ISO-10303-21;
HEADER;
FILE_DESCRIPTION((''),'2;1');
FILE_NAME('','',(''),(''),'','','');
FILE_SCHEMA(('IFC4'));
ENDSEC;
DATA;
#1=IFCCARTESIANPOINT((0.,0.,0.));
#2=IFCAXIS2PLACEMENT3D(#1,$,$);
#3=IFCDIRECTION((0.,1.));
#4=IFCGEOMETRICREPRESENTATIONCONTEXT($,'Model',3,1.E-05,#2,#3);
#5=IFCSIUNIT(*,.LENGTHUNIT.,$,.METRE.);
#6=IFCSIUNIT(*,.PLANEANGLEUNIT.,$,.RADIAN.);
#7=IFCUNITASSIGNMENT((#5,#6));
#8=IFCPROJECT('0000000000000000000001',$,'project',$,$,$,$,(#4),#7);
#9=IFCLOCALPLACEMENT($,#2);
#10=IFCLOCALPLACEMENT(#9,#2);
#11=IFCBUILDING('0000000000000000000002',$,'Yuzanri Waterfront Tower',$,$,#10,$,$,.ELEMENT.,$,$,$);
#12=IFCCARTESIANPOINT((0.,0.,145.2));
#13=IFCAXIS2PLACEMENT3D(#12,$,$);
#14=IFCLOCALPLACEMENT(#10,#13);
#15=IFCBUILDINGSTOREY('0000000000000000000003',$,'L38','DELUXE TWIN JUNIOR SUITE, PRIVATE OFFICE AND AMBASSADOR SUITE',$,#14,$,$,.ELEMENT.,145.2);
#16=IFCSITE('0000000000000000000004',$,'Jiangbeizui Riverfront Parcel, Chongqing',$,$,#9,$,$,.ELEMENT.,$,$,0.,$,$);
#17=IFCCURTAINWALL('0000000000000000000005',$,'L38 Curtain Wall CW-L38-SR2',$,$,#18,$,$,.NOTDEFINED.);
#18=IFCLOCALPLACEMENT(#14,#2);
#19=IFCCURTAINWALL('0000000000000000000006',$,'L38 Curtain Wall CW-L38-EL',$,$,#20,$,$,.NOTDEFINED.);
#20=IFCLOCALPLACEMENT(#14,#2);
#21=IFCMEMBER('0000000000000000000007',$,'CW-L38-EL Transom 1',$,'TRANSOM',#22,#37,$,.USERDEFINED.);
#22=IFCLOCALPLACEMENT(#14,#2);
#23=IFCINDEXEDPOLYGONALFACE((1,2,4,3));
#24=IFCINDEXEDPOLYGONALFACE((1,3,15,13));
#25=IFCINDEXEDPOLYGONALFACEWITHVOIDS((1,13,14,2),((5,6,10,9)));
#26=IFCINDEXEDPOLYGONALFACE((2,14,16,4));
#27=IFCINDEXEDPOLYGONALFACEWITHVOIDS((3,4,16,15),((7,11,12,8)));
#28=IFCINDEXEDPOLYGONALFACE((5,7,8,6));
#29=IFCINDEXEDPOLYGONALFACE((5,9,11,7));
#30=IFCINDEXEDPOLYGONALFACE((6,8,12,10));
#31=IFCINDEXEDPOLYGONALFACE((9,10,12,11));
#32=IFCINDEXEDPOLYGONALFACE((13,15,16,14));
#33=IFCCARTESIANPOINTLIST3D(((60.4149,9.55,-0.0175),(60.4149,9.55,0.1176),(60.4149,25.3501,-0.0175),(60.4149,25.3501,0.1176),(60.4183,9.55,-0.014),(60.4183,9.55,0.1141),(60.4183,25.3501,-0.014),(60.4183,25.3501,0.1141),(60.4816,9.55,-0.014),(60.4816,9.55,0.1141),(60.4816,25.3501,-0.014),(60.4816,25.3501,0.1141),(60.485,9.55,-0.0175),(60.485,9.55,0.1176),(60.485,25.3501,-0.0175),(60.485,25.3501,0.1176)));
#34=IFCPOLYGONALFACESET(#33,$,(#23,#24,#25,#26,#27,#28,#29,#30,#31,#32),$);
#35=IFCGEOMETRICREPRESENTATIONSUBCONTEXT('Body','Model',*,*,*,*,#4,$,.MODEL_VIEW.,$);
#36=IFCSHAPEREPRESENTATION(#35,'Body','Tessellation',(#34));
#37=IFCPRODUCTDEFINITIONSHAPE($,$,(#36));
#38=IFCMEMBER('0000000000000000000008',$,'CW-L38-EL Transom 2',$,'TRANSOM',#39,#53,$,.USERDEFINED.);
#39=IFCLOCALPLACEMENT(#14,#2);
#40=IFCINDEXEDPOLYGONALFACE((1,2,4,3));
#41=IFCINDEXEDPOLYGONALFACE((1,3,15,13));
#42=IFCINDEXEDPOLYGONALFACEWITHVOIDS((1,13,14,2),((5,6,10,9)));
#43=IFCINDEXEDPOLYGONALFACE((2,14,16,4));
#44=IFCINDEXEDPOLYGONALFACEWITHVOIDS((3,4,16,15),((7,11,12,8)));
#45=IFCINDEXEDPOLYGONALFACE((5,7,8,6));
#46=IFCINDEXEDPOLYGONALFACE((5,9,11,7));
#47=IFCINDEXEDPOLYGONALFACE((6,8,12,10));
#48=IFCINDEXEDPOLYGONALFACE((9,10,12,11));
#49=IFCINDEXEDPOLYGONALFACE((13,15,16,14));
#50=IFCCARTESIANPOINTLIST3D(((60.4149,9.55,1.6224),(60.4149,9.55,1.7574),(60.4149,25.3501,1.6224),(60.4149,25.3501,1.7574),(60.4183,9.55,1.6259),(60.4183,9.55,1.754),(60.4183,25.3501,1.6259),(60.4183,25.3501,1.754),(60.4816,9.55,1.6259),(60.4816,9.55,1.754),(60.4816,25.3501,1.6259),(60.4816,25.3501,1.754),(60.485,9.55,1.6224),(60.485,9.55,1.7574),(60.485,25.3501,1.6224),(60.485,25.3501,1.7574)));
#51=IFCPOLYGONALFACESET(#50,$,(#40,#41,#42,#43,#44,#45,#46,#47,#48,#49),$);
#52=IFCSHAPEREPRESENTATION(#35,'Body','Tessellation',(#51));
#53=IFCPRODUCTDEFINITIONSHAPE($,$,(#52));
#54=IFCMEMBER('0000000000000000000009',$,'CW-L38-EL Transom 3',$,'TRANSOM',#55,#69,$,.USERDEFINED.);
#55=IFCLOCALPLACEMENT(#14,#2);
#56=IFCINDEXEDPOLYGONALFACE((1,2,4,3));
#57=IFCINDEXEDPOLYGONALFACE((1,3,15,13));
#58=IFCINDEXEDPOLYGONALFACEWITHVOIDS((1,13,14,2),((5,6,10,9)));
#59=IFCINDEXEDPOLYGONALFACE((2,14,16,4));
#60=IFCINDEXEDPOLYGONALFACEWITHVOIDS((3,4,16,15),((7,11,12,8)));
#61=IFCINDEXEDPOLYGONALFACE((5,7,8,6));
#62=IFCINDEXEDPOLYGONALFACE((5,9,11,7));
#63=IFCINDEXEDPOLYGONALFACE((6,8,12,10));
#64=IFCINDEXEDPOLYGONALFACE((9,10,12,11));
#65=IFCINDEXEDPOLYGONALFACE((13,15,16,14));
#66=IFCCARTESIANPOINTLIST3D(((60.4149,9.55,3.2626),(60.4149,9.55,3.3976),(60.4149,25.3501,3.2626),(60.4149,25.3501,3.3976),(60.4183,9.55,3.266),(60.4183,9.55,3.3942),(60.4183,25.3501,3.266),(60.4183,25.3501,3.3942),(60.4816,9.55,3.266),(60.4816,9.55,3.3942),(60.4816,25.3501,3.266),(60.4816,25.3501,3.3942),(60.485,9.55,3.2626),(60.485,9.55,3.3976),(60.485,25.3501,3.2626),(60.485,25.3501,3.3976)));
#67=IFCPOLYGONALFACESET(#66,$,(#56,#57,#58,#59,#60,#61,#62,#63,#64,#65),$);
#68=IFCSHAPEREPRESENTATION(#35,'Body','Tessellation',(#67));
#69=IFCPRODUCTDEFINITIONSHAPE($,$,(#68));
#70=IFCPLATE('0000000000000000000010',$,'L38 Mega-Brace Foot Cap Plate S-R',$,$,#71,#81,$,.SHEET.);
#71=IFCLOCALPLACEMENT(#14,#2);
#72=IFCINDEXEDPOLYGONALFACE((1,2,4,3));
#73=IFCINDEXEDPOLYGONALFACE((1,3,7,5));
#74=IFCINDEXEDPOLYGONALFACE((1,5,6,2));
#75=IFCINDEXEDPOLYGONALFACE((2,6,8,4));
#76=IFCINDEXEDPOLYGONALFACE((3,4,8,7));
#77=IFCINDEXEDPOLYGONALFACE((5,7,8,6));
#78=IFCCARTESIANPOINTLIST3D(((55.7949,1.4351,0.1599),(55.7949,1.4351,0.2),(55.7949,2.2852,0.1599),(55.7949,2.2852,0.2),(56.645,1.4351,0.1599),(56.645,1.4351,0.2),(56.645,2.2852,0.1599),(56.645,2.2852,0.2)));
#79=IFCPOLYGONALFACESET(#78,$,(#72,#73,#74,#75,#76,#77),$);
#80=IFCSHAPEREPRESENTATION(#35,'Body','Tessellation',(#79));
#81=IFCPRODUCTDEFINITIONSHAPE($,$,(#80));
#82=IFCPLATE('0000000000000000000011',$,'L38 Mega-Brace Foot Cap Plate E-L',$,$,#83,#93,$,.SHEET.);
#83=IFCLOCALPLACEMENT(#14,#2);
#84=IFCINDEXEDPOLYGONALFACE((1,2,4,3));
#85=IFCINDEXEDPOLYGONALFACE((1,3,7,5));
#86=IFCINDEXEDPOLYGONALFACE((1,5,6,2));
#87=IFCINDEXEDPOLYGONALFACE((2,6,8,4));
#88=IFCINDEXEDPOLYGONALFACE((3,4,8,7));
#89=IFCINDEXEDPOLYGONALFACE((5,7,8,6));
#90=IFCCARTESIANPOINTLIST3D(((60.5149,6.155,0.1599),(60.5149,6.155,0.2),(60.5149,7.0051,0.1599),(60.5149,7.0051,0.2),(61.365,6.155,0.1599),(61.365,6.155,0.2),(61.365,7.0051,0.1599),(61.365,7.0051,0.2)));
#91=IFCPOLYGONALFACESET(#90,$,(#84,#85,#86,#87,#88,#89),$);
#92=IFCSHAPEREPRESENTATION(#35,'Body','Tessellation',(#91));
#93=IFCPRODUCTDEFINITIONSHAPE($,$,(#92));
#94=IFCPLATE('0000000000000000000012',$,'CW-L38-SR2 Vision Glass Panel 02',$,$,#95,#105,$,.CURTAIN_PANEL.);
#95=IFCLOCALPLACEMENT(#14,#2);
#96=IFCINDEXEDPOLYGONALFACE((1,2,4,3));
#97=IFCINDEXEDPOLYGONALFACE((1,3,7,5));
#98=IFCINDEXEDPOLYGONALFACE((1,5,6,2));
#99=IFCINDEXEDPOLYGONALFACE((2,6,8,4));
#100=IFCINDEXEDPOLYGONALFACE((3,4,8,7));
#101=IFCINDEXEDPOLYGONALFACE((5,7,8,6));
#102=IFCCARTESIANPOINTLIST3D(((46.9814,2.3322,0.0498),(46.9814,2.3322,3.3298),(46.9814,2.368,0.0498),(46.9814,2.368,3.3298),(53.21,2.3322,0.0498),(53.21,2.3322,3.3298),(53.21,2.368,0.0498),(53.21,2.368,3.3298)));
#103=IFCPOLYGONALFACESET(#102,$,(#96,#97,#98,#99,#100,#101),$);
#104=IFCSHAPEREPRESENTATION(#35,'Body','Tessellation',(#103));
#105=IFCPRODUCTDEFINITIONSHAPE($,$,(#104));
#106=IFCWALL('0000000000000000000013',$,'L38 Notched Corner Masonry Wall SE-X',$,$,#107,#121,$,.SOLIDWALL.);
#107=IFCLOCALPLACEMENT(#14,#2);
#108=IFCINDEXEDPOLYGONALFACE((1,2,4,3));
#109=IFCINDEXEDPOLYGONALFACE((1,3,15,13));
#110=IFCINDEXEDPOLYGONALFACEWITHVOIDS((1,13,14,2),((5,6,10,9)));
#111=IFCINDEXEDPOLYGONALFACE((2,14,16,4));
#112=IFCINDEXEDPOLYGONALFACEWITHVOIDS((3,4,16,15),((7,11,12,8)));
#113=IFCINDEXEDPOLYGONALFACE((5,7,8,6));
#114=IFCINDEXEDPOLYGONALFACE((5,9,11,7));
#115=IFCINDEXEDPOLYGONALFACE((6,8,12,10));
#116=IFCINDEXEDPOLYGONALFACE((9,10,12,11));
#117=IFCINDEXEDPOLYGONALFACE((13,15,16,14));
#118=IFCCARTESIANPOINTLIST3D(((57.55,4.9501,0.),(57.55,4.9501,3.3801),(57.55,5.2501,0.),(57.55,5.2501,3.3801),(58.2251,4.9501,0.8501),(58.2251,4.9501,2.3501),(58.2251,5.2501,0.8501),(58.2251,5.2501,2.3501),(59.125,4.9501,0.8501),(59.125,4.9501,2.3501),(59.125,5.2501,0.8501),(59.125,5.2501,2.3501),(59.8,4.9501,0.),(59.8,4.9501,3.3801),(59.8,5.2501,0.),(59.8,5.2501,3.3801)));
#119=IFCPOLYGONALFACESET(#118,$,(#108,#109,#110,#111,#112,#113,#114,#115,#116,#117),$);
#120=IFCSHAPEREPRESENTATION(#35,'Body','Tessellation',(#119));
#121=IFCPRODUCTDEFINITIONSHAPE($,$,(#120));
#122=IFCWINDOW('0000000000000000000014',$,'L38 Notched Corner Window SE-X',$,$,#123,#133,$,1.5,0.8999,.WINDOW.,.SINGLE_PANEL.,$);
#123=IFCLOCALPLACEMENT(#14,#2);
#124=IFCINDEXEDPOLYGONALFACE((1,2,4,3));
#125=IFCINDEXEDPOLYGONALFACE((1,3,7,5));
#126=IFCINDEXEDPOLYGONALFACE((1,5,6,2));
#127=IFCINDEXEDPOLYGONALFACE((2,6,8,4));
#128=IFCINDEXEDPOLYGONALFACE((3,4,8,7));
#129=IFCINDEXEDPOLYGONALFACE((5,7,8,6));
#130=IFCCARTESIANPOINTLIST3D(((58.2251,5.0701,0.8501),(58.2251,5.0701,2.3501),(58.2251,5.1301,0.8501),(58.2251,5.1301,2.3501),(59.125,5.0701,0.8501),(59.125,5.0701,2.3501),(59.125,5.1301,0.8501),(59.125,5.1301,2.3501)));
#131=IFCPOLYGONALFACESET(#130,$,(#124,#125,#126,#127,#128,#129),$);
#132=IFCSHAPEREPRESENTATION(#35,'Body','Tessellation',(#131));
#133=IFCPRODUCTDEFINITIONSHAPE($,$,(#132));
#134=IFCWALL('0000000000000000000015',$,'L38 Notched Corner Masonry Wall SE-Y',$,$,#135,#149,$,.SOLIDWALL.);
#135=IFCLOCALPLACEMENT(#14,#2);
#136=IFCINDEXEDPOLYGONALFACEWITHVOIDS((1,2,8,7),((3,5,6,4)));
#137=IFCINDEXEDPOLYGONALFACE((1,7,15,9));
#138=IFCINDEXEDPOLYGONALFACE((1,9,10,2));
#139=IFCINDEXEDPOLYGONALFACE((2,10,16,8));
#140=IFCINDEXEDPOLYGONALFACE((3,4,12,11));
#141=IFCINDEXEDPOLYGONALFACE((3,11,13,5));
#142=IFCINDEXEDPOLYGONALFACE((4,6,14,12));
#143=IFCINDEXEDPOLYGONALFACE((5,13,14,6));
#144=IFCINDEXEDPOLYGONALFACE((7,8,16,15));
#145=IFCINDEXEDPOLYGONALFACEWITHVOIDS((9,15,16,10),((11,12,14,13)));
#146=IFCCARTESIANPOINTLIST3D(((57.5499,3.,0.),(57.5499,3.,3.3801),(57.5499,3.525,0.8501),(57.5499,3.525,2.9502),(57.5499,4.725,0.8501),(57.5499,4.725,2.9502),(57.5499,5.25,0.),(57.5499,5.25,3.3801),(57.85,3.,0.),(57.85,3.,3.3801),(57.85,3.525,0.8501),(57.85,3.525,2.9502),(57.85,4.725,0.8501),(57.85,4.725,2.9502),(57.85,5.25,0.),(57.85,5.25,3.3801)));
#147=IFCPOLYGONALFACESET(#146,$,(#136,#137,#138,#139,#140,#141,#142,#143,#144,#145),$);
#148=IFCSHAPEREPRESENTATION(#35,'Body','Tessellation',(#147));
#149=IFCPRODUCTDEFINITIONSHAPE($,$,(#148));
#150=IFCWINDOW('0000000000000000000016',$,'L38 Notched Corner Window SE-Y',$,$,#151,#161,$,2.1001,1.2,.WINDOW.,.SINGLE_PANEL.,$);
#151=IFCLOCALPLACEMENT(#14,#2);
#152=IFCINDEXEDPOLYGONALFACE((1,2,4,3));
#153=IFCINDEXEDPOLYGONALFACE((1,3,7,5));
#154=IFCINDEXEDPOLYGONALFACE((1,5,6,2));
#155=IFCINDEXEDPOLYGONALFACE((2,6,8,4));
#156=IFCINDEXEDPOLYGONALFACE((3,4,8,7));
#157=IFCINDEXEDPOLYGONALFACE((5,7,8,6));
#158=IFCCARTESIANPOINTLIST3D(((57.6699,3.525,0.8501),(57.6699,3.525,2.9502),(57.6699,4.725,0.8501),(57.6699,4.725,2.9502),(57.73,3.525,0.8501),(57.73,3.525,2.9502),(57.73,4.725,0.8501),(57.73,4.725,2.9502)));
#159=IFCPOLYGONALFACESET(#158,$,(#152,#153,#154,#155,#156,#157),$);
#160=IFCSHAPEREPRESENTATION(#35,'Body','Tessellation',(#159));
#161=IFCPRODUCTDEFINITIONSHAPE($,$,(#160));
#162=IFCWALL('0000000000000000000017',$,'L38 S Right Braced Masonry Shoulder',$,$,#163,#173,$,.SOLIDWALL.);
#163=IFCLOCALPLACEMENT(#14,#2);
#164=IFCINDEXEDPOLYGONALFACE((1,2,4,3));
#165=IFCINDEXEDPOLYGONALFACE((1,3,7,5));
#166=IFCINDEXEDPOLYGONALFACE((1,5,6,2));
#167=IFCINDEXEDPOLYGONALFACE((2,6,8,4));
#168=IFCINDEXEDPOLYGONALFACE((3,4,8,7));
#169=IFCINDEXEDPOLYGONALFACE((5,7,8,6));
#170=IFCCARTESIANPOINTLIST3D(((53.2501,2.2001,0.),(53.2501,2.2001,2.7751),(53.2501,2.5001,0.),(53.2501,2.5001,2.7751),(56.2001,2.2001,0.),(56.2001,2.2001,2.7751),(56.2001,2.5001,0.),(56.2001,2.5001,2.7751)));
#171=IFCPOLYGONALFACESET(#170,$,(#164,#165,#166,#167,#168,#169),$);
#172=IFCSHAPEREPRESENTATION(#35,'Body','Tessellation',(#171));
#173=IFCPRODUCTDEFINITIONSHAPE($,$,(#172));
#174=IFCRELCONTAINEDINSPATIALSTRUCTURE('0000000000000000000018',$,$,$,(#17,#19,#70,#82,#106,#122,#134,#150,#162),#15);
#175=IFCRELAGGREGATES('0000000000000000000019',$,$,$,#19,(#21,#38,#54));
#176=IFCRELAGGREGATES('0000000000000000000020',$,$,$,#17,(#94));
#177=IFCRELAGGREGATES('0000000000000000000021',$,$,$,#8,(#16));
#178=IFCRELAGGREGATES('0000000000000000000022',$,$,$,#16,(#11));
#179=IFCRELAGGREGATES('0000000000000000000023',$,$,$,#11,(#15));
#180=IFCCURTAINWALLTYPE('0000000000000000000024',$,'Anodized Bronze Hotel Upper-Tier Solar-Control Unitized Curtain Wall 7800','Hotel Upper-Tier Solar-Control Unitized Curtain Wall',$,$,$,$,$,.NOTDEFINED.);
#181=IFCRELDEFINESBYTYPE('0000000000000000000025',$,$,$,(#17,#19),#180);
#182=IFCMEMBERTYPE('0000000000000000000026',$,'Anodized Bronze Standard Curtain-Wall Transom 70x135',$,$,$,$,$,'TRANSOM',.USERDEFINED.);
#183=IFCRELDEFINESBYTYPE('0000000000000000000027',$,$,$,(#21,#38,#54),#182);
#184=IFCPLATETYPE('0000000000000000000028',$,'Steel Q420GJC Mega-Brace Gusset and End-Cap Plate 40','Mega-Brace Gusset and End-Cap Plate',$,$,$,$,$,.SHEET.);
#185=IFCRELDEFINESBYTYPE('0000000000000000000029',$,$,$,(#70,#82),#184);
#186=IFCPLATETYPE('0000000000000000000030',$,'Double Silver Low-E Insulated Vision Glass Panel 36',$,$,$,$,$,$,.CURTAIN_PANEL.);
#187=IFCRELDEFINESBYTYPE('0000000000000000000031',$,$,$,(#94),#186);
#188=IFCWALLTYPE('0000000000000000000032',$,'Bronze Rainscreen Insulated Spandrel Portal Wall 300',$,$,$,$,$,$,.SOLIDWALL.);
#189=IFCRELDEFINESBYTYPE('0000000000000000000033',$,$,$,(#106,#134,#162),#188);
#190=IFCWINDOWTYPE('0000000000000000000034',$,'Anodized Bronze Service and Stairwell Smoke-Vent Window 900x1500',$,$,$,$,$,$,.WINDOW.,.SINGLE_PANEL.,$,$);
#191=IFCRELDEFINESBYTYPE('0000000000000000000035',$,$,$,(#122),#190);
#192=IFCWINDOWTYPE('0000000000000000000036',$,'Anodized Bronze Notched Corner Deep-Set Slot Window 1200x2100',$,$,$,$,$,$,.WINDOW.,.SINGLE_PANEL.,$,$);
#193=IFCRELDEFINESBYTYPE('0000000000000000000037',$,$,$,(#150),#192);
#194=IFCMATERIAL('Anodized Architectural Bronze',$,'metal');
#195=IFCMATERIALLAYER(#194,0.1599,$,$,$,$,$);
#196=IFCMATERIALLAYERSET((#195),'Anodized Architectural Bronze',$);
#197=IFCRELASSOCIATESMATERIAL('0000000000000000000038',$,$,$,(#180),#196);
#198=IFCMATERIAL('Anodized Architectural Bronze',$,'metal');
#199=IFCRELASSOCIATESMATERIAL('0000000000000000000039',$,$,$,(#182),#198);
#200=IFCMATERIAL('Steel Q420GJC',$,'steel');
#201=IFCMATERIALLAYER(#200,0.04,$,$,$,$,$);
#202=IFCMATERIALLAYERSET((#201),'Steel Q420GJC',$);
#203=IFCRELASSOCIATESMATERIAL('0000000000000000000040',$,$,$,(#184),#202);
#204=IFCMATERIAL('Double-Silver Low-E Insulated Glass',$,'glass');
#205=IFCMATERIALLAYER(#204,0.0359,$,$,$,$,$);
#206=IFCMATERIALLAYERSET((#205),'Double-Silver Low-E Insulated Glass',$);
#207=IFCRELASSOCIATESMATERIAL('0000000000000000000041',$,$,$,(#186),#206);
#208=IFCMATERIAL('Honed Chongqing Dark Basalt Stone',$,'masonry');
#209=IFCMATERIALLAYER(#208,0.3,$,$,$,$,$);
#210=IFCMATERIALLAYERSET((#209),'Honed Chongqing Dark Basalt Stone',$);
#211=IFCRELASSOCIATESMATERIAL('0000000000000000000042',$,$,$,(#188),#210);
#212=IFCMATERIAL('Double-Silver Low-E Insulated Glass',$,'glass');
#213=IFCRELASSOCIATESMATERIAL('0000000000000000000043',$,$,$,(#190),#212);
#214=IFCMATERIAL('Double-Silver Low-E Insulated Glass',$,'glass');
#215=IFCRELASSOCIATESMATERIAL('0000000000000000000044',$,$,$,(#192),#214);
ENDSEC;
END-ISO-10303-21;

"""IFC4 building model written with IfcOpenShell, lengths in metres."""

from ifc_helpers import new_model, si_unit, direction, frame, frame_2d, origin, origin_2d, place, context, subcontext, project, spatial, rectangle, hollow_rectangle, extrude, source, transform, mapped, material, layer, layer_set, material_profile, profile_set, type_object, element, fill, aggregate, save


model = new_model("IFC4")

# Units and contexts
model_context = context("Model", 3, precision=1e-05, world=origin(), true_north=direction((0.0, 1.0)))
body_context = subcontext(model_context, "Body", "Model", "MODEL_VIEW")
ifc_project = project(units=[si_unit("LENGTHUNIT", "METRE"), si_unit("PLANEANGLEUNIT", "RADIAN")], contexts=[model_context])

# Site, building, storey
site_placement = place(None, origin())
site = spatial("IfcSite", under=ifc_project, at=site_placement, Name="Jiangbeizui Riverfront Parcel, Chongqing", CompositionType="ELEMENT", RefElevation=0.0)
building_placement = place(site_placement, origin())
building = spatial("IfcBuilding", under=site, at=building_placement, Name="Yuzanri Waterfront Tower", CompositionType="ELEMENT")
storey_placement = place(building_placement, frame((0.0, 0.0, 145.2)))
storey = spatial("IfcBuildingStorey", under=building, at=storey_placement, Name="L38", Description="DELUXE TWIN JUNIOR SUITE, PRIVATE OFFICE AND AMBASSADOR SUITE", CompositionType="ELEMENT", Elevation=145.2)

# Curtain walls, members
ifc_material_1 = material(Name="Anodized Architectural Bronze", Category="metal")
ifc_layer_1 = layer(ifc_material_1, 0.1599)
ifc_layer_set_1 = layer_set([ifc_layer_1], Name="Anodized Architectural Bronze")
curtain_wall_type = type_object("IfcCurtainWallType", Name="Anodized Bronze Hotel Upper-Tier Solar-Control Unitized Curtain Wall 7800", Description="Hotel Upper-Tier Solar-Control Unitized Curtain Wall", PredefinedType="NOTDEFINED", material=ifc_layer_set_1)
curtain_wall_1_placement = place(storey_placement, origin())
curtain_wall_1 = element("IfcCurtainWall", 1, at=curtain_wall_1_placement, inside=storey, type_object=curtain_wall_type, Name="L38 Curtain Wall CW-L38-SR2", PredefinedType="NOTDEFINED")
curtain_wall_2_placement = place(storey_placement, origin())
curtain_wall_2 = element("IfcCurtainWall", 2, at=curtain_wall_2_placement, inside=storey, type_object=curtain_wall_type, Name="L38 Curtain Wall CW-L38-EL", PredefinedType="NOTDEFINED")
ifc_material_2 = material(Name="Anodized Architectural Bronze", Category="metal")
ifc_material_profile_1 = material_profile(ifc_material_2, hollow_rectangle(XDim=0.0701, YDim=0.135, WallThickness=0.0034, at=origin_2d()), Name="CWT 70x135")
ifc_profile_set_1 = profile_set([ifc_material_profile_1], Name="Anodized Architectural Bronze")
member_type_1 = type_object("IfcMemberType", Name="Anodized Bronze Standard Curtain-Wall Transom 70x135", ElementType="TRANSOM", PredefinedType="USERDEFINED", material=ifc_profile_set_1)
shared_shape_1 = source(origin(), body_context, "Body", "SweptSolid", [
    extrude(hollow_rectangle(XDim=0.0701, YDim=0.135, WallThickness=0.0034, at=origin_2d()), origin(), (0.0, 0.0, 1.0), 15.8),
])
member_1_placement = place(storey_placement, frame((60.45, 9.55, 0.05), z_axis=(0.0, 1.0, 0.0), x_axis=(-1.0, 0.0, 0.0)))
member_1 = element("IfcMember", 3, at=member_1_placement, type_object=member_type_1, Name="CW-L38-EL Transom 1", ObjectType="TRANSOM", PredefinedType="USERDEFINED", context=body_context, shape_type="MappedRepresentation", body=[
    mapped(shared_shape_1, transform((0.0, 0.0, 0.0), scale=1.0)),
])
member_2_placement = place(storey_placement, frame((60.45, 9.55, 1.6899), z_axis=(0.0, 1.0, 0.0), x_axis=(-1.0, 0.0, 0.0)))
member_2 = element("IfcMember", 4, at=member_2_placement, type_object=member_type_1, Name="CW-L38-EL Transom 2", ObjectType="TRANSOM", PredefinedType="USERDEFINED", context=body_context, shape_type="MappedRepresentation", body=[
    mapped(shared_shape_1, transform((0.0, 0.0, 0.0), scale=1.0)),
])
member_3_placement = place(storey_placement, frame((60.45, 9.55, 3.3301), z_axis=(0.0, 1.0, 0.0), x_axis=(-1.0, 0.0, 0.0)))
member_3 = element("IfcMember", 5, at=member_3_placement, type_object=member_type_1, Name="CW-L38-EL Transom 3", ObjectType="TRANSOM", PredefinedType="USERDEFINED", context=body_context, shape_type="MappedRepresentation", body=[
    mapped(shared_shape_1, transform((0.0, 0.0, 0.0), scale=1.0)),
])
aggregate(curtain_wall_2, [member_1, member_2, member_3])

# Plates
ifc_material_3 = material(Name="Steel Q420GJC", Category="steel")
ifc_layer_2 = layer(ifc_material_3, 0.04)
ifc_layer_set_2 = layer_set([ifc_layer_2], Name="Steel Q420GJC")
plate_type_1 = type_object("IfcPlateType", Name="Steel Q420GJC Mega-Brace Gusset and End-Cap Plate 40", Description="Mega-Brace Gusset and End-Cap Plate", PredefinedType="SHEET", material=ifc_layer_set_2)
shared_shape_2 = source(origin(), body_context, "Body", "SweptSolid", [
    extrude(rectangle(XDim=0.8501, YDim=0.8501, at=origin_2d()), origin(), (0.0, 0.0, 1.0), 0.04),
])
for number, where, z_axis, x_axis, name in (
    (6, (56.22, 1.8601, 0.1599), (0.0, 0.0, 1.0), (1.0, 0.0, 0.0), "L38 Mega-Brace Foot Cap Plate S-R"),
    (7, (60.9399, 6.5801, 0.1599), (0.0, 0.0, 1.0), (1.0, 0.0, 0.0), "L38 Mega-Brace Foot Cap Plate E-L"),
):
    element("IfcPlate", number, at=place(storey_placement, frame(where, z_axis=z_axis, x_axis=x_axis)), inside=storey, type_object=plate_type_1, Name=name, PredefinedType="SHEET", context=body_context, shape_type="MappedRepresentation", body=[
        mapped(shared_shape_2, transform((0.0, 0.0, 0.0), scale=1.0)),
    ])

# Plate
ifc_material_4 = material(Name="Double-Silver Low-E Insulated Glass", Category="glass")
ifc_layer_3 = layer(ifc_material_4, 0.0359)
ifc_layer_set_3 = layer_set([ifc_layer_3], Name="Double-Silver Low-E Insulated Glass")
plate_type_2 = type_object("IfcPlateType", Name="Double Silver Low-E Insulated Vision Glass Panel 36", PredefinedType="CURTAIN_PANEL", material=ifc_layer_set_3)
shared_shape_3 = source(origin(), body_context, "Body", "SweptSolid", [
    extrude(rectangle(XDim=6.2285, YDim=0.0359, at=origin_2d()), origin(), (0.0, 0.0, 1.0), 3.28),
])
plate_placement = place(storey_placement, frame((50.0957, 2.3501, 0.0498), z_axis=(0.0, 0.0, 1.0), x_axis=(1.0, 0.0, 0.0)))
plate = element("IfcPlate", 8, at=plate_placement, type_object=plate_type_2, Name="CW-L38-SR2 Vision Glass Panel 02", PredefinedType="CURTAIN_PANEL", context=body_context, shape_type="MappedRepresentation", body=[
    mapped(shared_shape_3, transform((0.0, 0.0, 0.0), scale=1.0)),
])
aggregate(curtain_wall_1, [plate])

# Walls, openings, windows
ifc_material_5 = material(Name="Honed Chongqing Dark Basalt Stone", Category="masonry")
ifc_layer_4 = layer(ifc_material_5, 0.3)
ifc_layer_set_4 = layer_set([ifc_layer_4], Name="Honed Chongqing Dark Basalt Stone")
wall_type_1 = type_object("IfcWallType", Name="Bronze Rainscreen Insulated Spandrel Portal Wall 300", PredefinedType="SOLIDWALL", material=ifc_layer_set_4)
wall_1_placement = place(storey_placement, frame((57.55, 5.1001, 0.0), z_axis=(0.0, 0.0, 1.0), x_axis=(1.0, 0.0, 0.0)))
wall_1 = element("IfcWall", 9, at=wall_1_placement, inside=storey, type_object=wall_type_1, Name="L38 Notched Corner Masonry Wall SE-X", PredefinedType="SOLIDWALL", context=body_context, shape_type="SweptSolid", body=[
    extrude(rectangle(XDim=2.25, YDim=0.3, at=frame_2d((1.125, 0.0))), origin(), (0.0, 0.0, 1.0), 3.3801),
])
opening_1_placement = place(wall_1_placement, frame((0.675, 0.0, 0.8501)))
opening_1 = element("IfcOpeningElement", 10, at=opening_1_placement, cuts=wall_1, PredefinedType="OPENING", context=body_context, shape_type="SweptSolid", body=[
    extrude(rectangle(XDim=0.8999, YDim=1.5, at=frame_2d((0.45, 0.75))), frame((0.0, 0.165, 0.0), z_axis=(0.0, -1.0, 0.0), x_axis=(1.0, 0.0, 0.0)), (0.0, 0.0, 1.0), 0.3298),
])
ifc_material_6 = material(Name="Double-Silver Low-E Insulated Glass", Category="glass")
window_type_1 = type_object("IfcWindowType", Name="Anodized Bronze Service and Stairwell Smoke-Vent Window 900x1500", PartitioningType="SINGLE_PANEL", PredefinedType="WINDOW", material=ifc_material_6)
shared_shape_4 = source(origin(), body_context, "Body", "SweptSolid", [
    extrude(rectangle(XDim=0.8999, YDim=1.5, at=frame_2d((0.45, 0.75))), frame((0.0, 0.03, 0.0), z_axis=(0.0, -1.0, 0.0), x_axis=(1.0, 0.0, 0.0)), (0.0, 0.0, 1.0), 0.0601),
])
window_1_placement = place(opening_1_placement, origin())
window_1 = element("IfcWindow", 11, at=window_1_placement, inside=storey, type_object=window_type_1, Name="L38 Notched Corner Window SE-X", OverallHeight=1.5, OverallWidth=0.8999, PartitioningType="SINGLE_PANEL", PredefinedType="WINDOW", context=body_context, shape_type="MappedRepresentation", body=[
    mapped(shared_shape_4, transform((0.0, 0.0, 0.0), scale=1.0)),
])
fill(opening_1, window_1)
wall_2_placement = place(storey_placement, frame((57.7, 3.0, 0.0), z_axis=(0.0, 0.0, 1.0), x_axis=(0.0, 1.0, 0.0)))
wall_2 = element("IfcWall", 12, at=wall_2_placement, inside=storey, type_object=wall_type_1, Name="L38 Notched Corner Masonry Wall SE-Y", PredefinedType="SOLIDWALL", context=body_context, shape_type="SweptSolid", body=[
    extrude(rectangle(XDim=2.25, YDim=0.3, at=frame_2d((1.125, 0.0))), origin(), (0.0, 0.0, 1.0), 3.3801),
])
opening_2_placement = place(wall_2_placement, frame((0.5249, 0.0, 0.8501)))
opening_2 = element("IfcOpeningElement", 13, at=opening_2_placement, cuts=wall_2, PredefinedType="OPENING", context=body_context, shape_type="SweptSolid", body=[
    extrude(rectangle(XDim=1.2, YDim=2.1001, at=frame_2d((0.6001, 1.05))), frame((0.0, 0.165, 0.0), z_axis=(0.0, -1.0, 0.0), x_axis=(1.0, 0.0, 0.0)), (0.0, 0.0, 1.0), 0.3298),
])
ifc_material_7 = material(Name="Double-Silver Low-E Insulated Glass", Category="glass")
window_type_2 = type_object("IfcWindowType", Name="Anodized Bronze Notched Corner Deep-Set Slot Window 1200x2100", PartitioningType="SINGLE_PANEL", PredefinedType="WINDOW", material=ifc_material_7)
shared_shape_5 = source(origin(), body_context, "Body", "SweptSolid", [
    extrude(rectangle(XDim=1.2, YDim=2.1001, at=frame_2d((0.6001, 1.05))), frame((0.0, 0.03, 0.0), z_axis=(0.0, -1.0, 0.0), x_axis=(1.0, 0.0, 0.0)), (0.0, 0.0, 1.0), 0.0601),
])
window_2_placement = place(opening_2_placement, origin())
window_2 = element("IfcWindow", 14, at=window_2_placement, inside=storey, type_object=window_type_2, Name="L38 Notched Corner Window SE-Y", OverallHeight=2.1001, OverallWidth=1.2, PartitioningType="SINGLE_PANEL", PredefinedType="WINDOW", context=body_context, shape_type="MappedRepresentation", body=[
    mapped(shared_shape_5, transform((0.0, 0.0, 0.0), scale=1.0)),
])
fill(opening_2, window_2)

# Wall
shared_shape_6 = source(origin(), body_context, "Body", "SweptSolid", [
    extrude(rectangle(XDim=2.95, YDim=0.3, at=frame_2d((1.4751, 0.0))), origin(), (0.0, 0.0, 1.0), 2.7751),
])
for number, where, z_axis, x_axis, name in (
    (15, (53.25, 2.3501, 0.0), (0.0, 0.0, 1.0), (1.0, 0.0, 0.0), "L38 S Right Braced Masonry Shoulder"),
):
    element("IfcWall", number, at=place(storey_placement, frame(where, z_axis=z_axis, x_axis=x_axis)), inside=storey, type_object=wall_type_1, Name=name, PredefinedType="SOLIDWALL", context=body_context, shape_type="MappedRepresentation", body=[
        mapped(shared_shape_6, transform((0.0, 0.0, 0.0), scale=1.0)),
    ])

save(model, "model.ifc")
